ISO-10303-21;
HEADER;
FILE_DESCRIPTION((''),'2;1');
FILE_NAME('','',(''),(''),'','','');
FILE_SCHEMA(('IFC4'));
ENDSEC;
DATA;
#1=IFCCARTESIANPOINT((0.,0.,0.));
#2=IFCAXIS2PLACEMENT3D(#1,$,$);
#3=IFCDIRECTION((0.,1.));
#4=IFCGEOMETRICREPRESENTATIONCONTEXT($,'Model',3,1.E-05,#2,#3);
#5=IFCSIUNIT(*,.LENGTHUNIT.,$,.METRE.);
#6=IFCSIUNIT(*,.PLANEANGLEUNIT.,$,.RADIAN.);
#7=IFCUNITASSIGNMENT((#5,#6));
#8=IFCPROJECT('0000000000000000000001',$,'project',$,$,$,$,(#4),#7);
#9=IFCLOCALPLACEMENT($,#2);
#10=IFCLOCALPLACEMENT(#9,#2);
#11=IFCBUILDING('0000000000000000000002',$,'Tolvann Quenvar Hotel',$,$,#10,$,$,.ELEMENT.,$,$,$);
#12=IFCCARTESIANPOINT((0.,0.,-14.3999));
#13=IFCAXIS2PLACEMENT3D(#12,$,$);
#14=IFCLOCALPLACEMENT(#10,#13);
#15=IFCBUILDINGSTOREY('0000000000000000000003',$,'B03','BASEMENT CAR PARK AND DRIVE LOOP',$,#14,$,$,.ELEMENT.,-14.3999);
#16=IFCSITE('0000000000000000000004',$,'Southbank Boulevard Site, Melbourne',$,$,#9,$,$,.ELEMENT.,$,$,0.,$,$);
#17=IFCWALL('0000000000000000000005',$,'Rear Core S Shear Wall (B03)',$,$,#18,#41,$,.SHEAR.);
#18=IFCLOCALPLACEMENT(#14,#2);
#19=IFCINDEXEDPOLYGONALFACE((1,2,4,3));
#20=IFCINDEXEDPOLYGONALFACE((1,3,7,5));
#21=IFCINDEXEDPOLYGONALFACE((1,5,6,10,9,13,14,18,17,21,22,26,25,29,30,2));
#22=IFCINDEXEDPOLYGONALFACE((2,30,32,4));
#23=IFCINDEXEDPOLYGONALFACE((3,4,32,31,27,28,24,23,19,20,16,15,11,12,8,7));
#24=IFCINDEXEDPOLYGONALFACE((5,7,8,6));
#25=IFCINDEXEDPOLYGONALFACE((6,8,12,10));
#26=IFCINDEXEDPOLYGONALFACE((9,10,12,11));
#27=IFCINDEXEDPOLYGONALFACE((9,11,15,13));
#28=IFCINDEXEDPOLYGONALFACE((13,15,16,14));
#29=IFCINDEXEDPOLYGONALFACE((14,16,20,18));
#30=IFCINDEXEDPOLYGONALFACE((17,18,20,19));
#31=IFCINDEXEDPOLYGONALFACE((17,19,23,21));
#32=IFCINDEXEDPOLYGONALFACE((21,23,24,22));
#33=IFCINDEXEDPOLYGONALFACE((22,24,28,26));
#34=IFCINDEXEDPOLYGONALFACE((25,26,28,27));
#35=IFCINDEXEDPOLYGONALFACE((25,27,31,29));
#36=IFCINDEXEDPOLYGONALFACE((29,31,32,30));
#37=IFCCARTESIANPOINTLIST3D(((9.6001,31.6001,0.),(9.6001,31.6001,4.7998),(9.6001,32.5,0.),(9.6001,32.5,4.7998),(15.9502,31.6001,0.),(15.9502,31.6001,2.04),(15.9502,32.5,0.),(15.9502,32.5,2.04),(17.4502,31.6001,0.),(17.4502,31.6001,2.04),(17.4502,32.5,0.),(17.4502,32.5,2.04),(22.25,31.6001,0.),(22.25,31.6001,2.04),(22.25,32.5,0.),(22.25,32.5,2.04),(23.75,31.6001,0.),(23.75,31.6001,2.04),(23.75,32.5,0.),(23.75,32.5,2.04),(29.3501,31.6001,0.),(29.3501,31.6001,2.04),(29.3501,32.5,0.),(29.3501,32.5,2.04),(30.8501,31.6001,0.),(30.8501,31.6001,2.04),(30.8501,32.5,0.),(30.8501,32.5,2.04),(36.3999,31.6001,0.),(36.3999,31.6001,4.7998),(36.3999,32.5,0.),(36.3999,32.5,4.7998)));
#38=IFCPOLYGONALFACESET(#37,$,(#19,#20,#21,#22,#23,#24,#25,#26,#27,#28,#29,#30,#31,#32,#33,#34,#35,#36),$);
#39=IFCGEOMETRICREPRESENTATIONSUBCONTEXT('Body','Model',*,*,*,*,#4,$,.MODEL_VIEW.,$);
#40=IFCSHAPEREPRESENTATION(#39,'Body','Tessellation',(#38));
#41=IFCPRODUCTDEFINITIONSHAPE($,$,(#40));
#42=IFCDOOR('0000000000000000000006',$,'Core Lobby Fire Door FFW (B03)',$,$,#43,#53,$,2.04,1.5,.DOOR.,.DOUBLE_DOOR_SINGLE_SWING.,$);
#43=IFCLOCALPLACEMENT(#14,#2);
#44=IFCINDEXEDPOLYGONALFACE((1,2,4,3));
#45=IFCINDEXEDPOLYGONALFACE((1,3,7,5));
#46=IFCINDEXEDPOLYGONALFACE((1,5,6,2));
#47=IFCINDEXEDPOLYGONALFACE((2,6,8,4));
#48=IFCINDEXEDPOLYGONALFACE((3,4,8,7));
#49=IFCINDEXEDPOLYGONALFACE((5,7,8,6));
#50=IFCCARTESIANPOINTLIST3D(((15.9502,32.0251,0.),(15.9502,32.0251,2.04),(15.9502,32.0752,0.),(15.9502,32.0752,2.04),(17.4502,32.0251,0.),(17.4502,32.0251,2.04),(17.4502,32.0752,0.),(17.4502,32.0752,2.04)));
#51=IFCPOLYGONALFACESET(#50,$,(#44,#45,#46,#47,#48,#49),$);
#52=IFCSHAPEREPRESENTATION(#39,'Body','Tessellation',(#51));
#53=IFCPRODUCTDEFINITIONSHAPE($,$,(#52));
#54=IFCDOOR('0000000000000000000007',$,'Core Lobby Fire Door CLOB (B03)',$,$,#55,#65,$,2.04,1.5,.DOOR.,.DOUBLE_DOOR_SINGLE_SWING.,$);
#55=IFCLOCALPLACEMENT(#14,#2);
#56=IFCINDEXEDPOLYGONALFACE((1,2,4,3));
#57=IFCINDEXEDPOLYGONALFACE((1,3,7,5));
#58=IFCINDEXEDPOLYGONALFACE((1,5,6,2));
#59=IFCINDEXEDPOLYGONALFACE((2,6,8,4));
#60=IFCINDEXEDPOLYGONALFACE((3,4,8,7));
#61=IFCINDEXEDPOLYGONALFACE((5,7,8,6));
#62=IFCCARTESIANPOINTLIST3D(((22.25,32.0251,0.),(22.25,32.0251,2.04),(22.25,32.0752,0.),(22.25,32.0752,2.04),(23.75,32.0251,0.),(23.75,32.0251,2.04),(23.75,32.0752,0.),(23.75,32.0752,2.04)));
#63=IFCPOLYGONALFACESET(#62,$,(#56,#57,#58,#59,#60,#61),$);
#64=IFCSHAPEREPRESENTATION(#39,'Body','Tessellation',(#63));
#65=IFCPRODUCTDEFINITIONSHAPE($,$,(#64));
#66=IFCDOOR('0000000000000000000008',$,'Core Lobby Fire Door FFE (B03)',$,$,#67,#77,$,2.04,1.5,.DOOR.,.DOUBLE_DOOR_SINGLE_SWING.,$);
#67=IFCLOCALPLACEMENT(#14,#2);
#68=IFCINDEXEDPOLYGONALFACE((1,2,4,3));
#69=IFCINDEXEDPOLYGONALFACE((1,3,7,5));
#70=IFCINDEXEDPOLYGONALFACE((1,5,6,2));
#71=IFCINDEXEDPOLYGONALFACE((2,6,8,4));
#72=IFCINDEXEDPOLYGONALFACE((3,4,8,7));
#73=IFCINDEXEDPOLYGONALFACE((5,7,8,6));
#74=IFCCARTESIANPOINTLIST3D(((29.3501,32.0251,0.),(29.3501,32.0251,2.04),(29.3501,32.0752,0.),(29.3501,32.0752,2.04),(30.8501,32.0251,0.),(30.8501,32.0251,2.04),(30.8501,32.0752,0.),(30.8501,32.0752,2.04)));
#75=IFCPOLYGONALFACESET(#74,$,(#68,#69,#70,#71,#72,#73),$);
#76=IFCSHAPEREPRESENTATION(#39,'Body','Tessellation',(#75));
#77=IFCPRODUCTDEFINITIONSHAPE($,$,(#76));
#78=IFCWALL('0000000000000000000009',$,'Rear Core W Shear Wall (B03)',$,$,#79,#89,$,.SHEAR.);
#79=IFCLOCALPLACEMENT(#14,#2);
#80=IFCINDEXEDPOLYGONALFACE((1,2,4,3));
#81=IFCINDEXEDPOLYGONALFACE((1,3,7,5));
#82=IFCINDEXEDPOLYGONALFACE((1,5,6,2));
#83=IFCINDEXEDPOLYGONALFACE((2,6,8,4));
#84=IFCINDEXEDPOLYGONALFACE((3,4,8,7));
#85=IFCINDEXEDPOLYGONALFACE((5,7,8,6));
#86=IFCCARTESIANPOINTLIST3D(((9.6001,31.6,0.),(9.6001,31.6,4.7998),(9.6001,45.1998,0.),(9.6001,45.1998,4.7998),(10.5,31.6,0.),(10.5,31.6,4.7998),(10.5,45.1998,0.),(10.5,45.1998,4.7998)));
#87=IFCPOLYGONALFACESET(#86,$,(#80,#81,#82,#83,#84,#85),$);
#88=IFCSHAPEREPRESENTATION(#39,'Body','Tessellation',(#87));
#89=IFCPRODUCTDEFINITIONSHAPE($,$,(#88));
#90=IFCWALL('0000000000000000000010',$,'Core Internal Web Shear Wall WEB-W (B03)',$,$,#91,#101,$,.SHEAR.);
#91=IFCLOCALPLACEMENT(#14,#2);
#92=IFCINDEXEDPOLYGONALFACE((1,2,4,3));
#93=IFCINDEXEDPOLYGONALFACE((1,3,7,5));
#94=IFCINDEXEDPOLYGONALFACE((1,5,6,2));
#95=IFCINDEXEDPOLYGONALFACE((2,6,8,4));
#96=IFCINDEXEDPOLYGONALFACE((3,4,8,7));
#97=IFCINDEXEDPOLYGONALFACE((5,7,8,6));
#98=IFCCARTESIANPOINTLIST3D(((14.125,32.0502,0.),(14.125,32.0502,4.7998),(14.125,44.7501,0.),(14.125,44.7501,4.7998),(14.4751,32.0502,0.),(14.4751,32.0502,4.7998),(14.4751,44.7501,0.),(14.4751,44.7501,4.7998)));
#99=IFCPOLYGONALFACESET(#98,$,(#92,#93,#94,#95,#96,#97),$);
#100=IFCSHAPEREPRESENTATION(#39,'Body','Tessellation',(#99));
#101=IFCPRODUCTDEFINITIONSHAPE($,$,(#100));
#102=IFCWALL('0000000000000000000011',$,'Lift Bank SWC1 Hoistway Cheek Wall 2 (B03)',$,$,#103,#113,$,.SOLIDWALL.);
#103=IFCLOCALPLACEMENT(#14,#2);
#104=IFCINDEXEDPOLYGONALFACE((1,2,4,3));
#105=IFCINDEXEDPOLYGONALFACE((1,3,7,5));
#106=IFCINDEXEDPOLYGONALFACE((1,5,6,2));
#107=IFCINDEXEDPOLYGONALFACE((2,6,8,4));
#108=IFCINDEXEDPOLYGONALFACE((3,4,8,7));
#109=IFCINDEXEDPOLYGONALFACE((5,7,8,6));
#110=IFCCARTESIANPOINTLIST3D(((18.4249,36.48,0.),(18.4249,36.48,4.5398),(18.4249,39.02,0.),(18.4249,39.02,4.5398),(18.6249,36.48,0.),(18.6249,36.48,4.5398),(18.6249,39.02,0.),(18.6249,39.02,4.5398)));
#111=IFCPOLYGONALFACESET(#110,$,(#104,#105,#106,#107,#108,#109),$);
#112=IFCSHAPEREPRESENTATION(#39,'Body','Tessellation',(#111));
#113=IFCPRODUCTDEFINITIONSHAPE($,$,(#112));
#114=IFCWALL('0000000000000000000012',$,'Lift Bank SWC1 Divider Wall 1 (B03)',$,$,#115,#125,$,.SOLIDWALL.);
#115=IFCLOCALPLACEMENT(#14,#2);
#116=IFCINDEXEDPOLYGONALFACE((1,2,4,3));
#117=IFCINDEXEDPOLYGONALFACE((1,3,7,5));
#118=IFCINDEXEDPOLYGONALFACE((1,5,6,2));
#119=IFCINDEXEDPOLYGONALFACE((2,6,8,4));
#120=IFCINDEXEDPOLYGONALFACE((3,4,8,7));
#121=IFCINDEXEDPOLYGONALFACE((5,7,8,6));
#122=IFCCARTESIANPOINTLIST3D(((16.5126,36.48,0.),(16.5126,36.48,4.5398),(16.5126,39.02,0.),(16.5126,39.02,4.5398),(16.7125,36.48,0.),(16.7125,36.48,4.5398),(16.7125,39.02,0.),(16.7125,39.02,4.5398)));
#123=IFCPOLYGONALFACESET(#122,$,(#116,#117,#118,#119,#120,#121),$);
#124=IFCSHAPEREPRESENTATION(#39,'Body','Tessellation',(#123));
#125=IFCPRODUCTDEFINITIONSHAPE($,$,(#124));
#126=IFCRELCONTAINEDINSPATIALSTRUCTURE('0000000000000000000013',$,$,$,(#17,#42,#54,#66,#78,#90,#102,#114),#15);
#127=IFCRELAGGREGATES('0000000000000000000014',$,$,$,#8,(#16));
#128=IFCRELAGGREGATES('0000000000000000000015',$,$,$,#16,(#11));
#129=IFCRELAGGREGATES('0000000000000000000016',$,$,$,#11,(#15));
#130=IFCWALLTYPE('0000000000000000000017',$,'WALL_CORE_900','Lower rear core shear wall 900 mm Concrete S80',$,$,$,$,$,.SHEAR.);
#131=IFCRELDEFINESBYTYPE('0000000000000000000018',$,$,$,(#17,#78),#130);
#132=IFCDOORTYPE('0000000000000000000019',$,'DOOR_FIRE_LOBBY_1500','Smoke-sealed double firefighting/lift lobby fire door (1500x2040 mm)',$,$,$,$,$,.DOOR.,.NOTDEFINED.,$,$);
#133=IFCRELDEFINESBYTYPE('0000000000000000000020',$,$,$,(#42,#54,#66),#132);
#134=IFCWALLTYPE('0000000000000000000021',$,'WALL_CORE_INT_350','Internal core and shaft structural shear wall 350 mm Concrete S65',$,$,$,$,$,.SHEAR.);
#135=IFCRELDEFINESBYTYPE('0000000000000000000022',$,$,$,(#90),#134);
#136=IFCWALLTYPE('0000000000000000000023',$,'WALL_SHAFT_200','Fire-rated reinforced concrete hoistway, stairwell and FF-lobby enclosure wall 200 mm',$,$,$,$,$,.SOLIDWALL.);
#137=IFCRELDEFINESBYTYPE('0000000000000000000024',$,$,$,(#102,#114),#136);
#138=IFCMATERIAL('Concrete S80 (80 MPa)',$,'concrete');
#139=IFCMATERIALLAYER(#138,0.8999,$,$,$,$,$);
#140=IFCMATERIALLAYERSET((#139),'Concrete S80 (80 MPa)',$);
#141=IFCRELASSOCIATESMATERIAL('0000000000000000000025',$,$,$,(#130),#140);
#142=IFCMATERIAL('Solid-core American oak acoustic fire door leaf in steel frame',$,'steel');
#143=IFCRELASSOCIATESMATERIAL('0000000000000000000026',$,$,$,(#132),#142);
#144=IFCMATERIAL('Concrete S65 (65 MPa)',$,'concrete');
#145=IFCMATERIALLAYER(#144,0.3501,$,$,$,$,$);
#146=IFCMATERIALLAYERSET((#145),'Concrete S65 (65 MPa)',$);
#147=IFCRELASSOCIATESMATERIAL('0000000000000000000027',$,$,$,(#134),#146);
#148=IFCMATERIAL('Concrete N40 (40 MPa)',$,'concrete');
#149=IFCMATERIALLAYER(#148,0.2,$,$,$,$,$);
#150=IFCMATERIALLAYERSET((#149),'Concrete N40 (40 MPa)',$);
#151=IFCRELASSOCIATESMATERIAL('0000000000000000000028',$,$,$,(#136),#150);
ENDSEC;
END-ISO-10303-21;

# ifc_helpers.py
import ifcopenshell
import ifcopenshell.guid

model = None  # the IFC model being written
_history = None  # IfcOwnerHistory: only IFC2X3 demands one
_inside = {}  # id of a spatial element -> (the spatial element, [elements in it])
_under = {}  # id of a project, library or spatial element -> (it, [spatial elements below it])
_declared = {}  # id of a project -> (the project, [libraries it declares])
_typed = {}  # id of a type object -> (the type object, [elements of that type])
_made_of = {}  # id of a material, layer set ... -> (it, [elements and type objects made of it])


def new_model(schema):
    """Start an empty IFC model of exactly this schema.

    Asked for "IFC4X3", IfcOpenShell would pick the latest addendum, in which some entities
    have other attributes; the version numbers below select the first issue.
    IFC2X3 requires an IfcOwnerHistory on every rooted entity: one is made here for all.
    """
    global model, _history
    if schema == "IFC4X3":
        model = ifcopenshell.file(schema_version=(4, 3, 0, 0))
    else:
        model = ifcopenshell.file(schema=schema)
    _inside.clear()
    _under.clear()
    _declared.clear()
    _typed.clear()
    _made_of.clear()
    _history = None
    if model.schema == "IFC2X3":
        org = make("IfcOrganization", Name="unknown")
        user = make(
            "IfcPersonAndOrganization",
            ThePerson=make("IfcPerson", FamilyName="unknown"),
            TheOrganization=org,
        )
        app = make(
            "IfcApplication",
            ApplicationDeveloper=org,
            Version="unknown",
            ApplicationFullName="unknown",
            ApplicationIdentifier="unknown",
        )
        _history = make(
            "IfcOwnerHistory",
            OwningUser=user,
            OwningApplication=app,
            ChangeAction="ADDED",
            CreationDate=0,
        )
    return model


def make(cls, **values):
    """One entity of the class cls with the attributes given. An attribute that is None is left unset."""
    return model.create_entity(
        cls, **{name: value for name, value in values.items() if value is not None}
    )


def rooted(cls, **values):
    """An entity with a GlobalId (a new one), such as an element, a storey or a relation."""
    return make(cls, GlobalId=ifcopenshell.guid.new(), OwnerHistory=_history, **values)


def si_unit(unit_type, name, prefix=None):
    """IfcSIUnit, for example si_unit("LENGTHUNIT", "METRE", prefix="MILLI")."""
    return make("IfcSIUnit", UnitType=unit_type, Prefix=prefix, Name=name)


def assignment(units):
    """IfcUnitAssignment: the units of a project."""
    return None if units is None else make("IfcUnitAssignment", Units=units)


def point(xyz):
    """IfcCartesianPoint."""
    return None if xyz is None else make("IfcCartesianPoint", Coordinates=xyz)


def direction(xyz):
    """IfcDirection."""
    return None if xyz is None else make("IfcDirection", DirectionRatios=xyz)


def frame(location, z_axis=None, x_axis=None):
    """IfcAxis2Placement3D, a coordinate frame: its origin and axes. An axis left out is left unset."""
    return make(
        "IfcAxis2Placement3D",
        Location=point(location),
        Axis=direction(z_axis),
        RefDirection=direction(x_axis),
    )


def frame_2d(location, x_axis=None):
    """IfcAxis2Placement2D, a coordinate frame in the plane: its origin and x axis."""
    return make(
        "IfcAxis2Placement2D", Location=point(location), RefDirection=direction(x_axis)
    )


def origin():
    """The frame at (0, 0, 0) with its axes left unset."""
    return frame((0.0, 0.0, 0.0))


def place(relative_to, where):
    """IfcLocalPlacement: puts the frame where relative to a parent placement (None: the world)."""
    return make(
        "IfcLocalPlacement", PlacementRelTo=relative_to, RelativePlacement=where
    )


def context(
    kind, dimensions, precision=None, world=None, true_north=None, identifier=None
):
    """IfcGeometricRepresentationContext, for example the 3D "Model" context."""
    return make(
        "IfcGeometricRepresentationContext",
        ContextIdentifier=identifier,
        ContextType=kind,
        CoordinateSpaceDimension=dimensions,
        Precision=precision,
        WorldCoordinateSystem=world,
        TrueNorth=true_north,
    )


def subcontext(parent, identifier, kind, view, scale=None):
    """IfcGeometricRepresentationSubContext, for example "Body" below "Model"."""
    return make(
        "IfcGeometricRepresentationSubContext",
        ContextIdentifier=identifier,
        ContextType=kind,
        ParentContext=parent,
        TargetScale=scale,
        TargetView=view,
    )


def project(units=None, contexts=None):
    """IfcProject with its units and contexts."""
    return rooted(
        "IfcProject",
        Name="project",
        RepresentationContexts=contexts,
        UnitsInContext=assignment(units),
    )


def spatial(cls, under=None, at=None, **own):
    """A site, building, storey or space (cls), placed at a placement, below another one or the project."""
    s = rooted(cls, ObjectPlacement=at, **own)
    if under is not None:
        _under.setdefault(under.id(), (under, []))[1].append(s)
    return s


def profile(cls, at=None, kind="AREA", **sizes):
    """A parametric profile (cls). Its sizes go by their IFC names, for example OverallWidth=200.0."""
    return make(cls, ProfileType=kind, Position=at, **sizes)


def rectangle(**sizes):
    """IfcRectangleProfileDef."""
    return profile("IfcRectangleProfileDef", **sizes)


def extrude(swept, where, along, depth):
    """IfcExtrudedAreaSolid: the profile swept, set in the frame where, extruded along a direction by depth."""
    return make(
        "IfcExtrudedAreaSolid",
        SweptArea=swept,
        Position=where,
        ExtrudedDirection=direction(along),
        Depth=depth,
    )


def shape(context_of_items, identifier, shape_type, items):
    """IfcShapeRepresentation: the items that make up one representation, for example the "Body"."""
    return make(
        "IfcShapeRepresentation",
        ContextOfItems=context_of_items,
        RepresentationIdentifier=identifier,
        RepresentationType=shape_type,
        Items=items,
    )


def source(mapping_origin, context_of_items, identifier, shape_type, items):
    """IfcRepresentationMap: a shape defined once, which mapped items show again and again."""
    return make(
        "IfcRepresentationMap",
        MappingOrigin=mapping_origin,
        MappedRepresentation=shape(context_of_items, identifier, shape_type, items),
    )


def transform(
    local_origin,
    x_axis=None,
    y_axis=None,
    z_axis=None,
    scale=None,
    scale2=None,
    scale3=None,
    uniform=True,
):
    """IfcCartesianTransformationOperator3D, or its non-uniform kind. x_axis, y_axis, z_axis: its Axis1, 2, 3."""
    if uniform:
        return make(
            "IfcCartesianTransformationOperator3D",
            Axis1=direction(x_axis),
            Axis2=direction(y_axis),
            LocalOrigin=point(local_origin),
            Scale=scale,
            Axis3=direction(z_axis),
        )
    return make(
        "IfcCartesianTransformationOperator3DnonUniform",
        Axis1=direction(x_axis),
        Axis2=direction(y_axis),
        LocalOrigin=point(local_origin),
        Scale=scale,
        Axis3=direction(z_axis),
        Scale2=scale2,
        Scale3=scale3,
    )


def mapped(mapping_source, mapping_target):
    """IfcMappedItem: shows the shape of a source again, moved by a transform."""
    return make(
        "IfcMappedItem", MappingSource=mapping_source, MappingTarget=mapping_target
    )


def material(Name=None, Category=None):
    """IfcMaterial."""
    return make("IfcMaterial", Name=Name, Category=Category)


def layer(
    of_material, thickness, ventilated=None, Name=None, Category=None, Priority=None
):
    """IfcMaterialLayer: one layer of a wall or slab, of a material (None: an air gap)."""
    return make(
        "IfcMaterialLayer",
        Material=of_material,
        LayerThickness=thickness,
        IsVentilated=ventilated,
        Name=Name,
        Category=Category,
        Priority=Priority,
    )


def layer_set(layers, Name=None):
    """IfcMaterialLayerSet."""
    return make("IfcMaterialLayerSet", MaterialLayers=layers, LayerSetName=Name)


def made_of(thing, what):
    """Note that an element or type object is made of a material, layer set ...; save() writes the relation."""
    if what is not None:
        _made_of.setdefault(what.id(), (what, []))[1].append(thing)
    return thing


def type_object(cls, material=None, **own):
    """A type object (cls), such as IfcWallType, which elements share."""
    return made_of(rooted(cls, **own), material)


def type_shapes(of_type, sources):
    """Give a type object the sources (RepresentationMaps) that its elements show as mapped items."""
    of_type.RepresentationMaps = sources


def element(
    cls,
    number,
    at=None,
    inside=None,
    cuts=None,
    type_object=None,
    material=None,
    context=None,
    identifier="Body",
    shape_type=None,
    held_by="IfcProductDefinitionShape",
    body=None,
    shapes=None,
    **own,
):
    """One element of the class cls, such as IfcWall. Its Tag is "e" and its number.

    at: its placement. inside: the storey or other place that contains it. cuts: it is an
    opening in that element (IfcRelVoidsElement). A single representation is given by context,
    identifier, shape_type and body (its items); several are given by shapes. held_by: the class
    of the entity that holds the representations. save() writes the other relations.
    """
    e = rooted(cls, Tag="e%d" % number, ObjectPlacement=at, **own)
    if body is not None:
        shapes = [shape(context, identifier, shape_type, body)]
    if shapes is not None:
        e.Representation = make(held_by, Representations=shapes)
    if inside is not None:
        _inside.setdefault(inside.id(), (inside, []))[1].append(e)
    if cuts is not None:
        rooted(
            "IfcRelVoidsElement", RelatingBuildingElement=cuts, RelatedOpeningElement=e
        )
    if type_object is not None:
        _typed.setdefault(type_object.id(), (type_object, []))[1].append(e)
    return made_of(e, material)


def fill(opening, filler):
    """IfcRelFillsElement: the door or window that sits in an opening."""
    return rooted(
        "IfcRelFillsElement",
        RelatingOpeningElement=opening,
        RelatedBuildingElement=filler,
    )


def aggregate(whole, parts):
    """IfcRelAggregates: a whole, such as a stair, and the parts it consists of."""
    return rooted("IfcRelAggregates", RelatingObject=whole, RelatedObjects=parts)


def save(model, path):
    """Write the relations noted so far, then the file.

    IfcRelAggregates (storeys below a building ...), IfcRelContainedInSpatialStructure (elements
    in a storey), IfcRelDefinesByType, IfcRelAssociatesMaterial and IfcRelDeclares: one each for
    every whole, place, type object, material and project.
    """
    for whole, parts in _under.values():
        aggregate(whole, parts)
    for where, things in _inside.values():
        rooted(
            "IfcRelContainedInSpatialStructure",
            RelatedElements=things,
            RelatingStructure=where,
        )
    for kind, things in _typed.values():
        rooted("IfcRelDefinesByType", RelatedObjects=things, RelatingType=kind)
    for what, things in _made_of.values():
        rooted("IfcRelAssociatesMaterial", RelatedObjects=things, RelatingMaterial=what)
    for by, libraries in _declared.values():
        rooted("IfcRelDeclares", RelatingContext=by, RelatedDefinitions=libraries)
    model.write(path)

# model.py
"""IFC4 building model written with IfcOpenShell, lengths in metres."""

from ifc_helpers import new_model, si_unit, direction, frame, frame_2d, origin, place, context, subcontext, project, spatial, rectangle, extrude, source, transform, mapped, material, layer, layer_set, type_object, type_shapes, element, fill, save


model = new_model("IFC4")

# Units and contexts
model_context = context("Model", 3, precision=1e-05, world=origin(), true_north=direction((0.0, 1.0)))
body_context = subcontext(model_context, "Body", "Model", "MODEL_VIEW")
ifc_project = project(units=[si_unit("LENGTHUNIT", "METRE"), si_unit("PLANEANGLEUNIT", "RADIAN")], contexts=[model_context])

# Site, building, storey
site_placement = place(None, origin())
site = spatial("IfcSite", under=ifc_project, at=site_placement, Name="Southbank Boulevard Site, Melbourne", CompositionType="ELEMENT", RefElevation=0.0)
building_placement = place(site_placement, origin())
building = spatial("IfcBuilding", under=site, at=building_placement, Name="Tolvann Quenvar Hotel", CompositionType="ELEMENT")
storey_placement = place(building_placement, frame((0.0, 0.0, -14.3999)))
storey = spatial("IfcBuildingStorey", under=building, at=storey_placement, Name="B03", Description="BASEMENT CAR PARK AND DRIVE LOOP", CompositionType="ELEMENT", Elevation=-14.3999)

# Shared definitions
ifc_material_1 = material(Name="Concrete S65 (65 MPa)", Category="concrete")

# Shared definitions
ifc_material_2 = material(Name="Concrete S80 (80 MPa)", Category="concrete")

# Wall, openings, doors
ifc_layer_1 = layer(ifc_material_2, 0.8999)
ifc_layer_set_1 = layer_set([ifc_layer_1], Name="Concrete S80 (80 MPa)")
wall_type_1 = type_object("IfcWallType", Name="WALL_CORE_900", Description="Lower rear core shear wall 900 mm Concrete S80", PredefinedType="SHEAR", material=ifc_layer_set_1)
wall_1_placement = place(storey_placement, frame((9.6001, 32.05, 0.0), z_axis=(0.0, 0.0, 1.0), x_axis=(1.0, 0.0, 0.0)))
wall_1 = element("IfcWall", 1, at=wall_1_placement, inside=storey, type_object=wall_type_1, Name="Rear Core S Shear Wall (B03)", PredefinedType="SHEAR", context=body_context, shape_type="SweptSolid", body=[
    extrude(rectangle(XDim=26.7998, YDim=0.8999, at=frame_2d((13.3999, 0.0))), origin(), (0.0, 0.0, 1.0), 4.7998),
])
opening_1_placement = place(wall_1_placement, frame((7.8501, 0.0, 0.0), z_axis=(0.0, 0.0, 1.0), x_axis=(-1.0, 0.0, 0.0)))
opening_1 = element("IfcOpeningElement", 2, at=opening_1_placement, cuts=wall_1, PredefinedType="OPENING", context=body_context, shape_type="SweptSolid", body=[
    extrude(rectangle(XDim=1.5, YDim=2.04, at=frame_2d((0.75, 1.02))), frame((0.0, 0.46, 0.0), z_axis=(0.0, -1.0, 0.0), x_axis=(1.0, 0.0, 0.0)), (0.0, 0.0, 1.0), 0.9199),
])
opening_2_placement = place(wall_1_placement, frame((14.1499, 0.0, 0.0), z_axis=(0.0, 0.0, 1.0), x_axis=(-1.0, 0.0, 0.0)))
opening_2 = element("IfcOpeningElement", 3, at=opening_2_placement, cuts=wall_1, PredefinedType="OPENING", context=body_context, shape_type="SweptSolid", body=[
    extrude(rectangle(XDim=1.5, YDim=2.04, at=frame_2d((0.75, 1.02))), frame((0.0, 0.46, 0.0), z_axis=(0.0, -1.0, 0.0), x_axis=(1.0, 0.0, 0.0)), (0.0, 0.0, 1.0), 0.9199),
])
opening_3_placement = place(wall_1_placement, frame((21.25, 0.0, 0.0), z_axis=(0.0, 0.0, 1.0), x_axis=(-1.0, 0.0, 0.0)))
opening_3 = element("IfcOpeningElement", 4, at=opening_3_placement, cuts=wall_1, PredefinedType="OPENING", context=body_context, shape_type="SweptSolid", body=[
    extrude(rectangle(XDim=1.5, YDim=2.04, at=frame_2d((0.75, 1.02))), frame((0.0, 0.46, 0.0), z_axis=(0.0, -1.0, 0.0), x_axis=(1.0, 0.0, 0.0)), (0.0, 0.0, 1.0), 0.9199),
])
ifc_material_3 = material(Name="Solid-core American oak acoustic fire door leaf in steel frame", Category="steel")
door_type_1 = type_object("IfcDoorType", Name="DOOR_FIRE_LOBBY_1500", Description="Smoke-sealed double firefighting/lift lobby fire door (1500x2040 mm)", OperationType="NOTDEFINED", PredefinedType="DOOR", material=ifc_material_3)
shared_shape_1 = source(origin(), body_context, "Body", "SweptSolid", [
    extrude(rectangle(XDim=1.5, YDim=2.04, at=frame_2d((0.75, 1.02))), frame((0.0, 0.0249, 0.0), z_axis=(0.0, -1.0, 0.0), x_axis=(1.0, 0.0, 0.0)), (0.0, 0.0, 1.0), 0.05),
])
type_shapes(door_type_1, [shared_shape_1])
door_1_placement = place(opening_1_placement, origin())
door_1 = element("IfcDoor", 5, at=door_1_placement, inside=storey, type_object=door_type_1, Name="Core Lobby Fire Door FFW (B03)", OperationType="DOUBLE_DOOR_SINGLE_SWING", OverallHeight=2.04, OverallWidth=1.5, PredefinedType="DOOR", context=body_context, shape_type="MappedRepresentation", body=[
    mapped(shared_shape_1, transform((0.0, 0.0, 0.0), x_axis=(1.0, 0.0, 0.0), y_axis=(0.0, 1.0, 0.0), z_axis=(0.0, 0.0, 1.0), scale=1.0)),
])
fill(opening_1, door_1)
door_2_placement = place(opening_2_placement, origin())
door_2 = element("IfcDoor", 6, at=door_2_placement, inside=storey, type_object=door_type_1, Name="Core Lobby Fire Door CLOB (B03)", OperationType="DOUBLE_DOOR_SINGLE_SWING", OverallHeight=2.04, OverallWidth=1.5, PredefinedType="DOOR", context=body_context, shape_type="MappedRepresentation", body=[
    mapped(shared_shape_1, transform((0.0, 0.0, 0.0), x_axis=(1.0, 0.0, 0.0), y_axis=(0.0, 1.0, 0.0), z_axis=(0.0, 0.0, 1.0), scale=1.0)),
])
fill(opening_2, door_2)
door_3_placement = place(opening_3_placement, origin())
door_3 = element("IfcDoor", 7, at=door_3_placement, inside=storey, type_object=door_type_1, Name="Core Lobby Fire Door FFE (B03)", OperationType="DOUBLE_DOOR_SINGLE_SWING", OverallHeight=2.04, OverallWidth=1.5, PredefinedType="DOOR", context=body_context, shape_type="MappedRepresentation", body=[
    mapped(shared_shape_1, transform((0.0, 0.0, 0.0), x_axis=(1.0, 0.0, 0.0), y_axis=(0.0, 1.0, 0.0), z_axis=(0.0, 0.0, 1.0), scale=1.0)),
])
fill(opening_3, door_3)

# Walls
wall_2_placement = place(storey_placement, frame((10.05, 31.6001, 0.0), z_axis=(0.0, 0.0, 1.0), x_axis=(0.0, 1.0, 0.0)))
element("IfcWall", 8, at=wall_2_placement, inside=storey, type_object=wall_type_1, Name="Rear Core W Shear Wall (B03)", PredefinedType="SHEAR", context=body_context, shape_type="SweptSolid", body=[
    extrude(rectangle(XDim=13.5999, YDim=0.8999, at=frame_2d((6.7998, 0.0))), origin(), (0.0, 0.0, 1.0), 4.7998),
])
ifc_layer_2 = layer(ifc_material_1, 0.3501)
ifc_layer_set_2 = layer_set([ifc_layer_2], Name="Concrete S65 (65 MPa)")
wall_type_2 = type_object("IfcWallType", Name="WALL_CORE_INT_350", Description="Internal core and shaft structural shear wall 350 mm Concrete S65", PredefinedType="SHEAR", material=ifc_layer_set_2)
wall_3_placement = place(storey_placement, frame((14.3, 32.05, 0.0), z_axis=(0.0, 0.0, 1.0), x_axis=(0.0, 1.0, 0.0)))
element("IfcWall", 9, at=wall_3_placement, inside=storey, type_object=wall_type_2, Name="Core Internal Web Shear Wall WEB-W (B03)", PredefinedType="SHEAR", context=body_context, shape_type="SweptSolid", body=[
    extrude(rectangle(XDim=12.7, YDim=0.3501, at=frame_2d((6.3501, 0.0))), origin(), (0.0, 0.0, 1.0), 4.7998),
])

# Shared definitions
ifc_material_4 = material(Name="Concrete N40 (40 MPa)", Category="concrete")
ifc_layer_3 = layer(ifc_material_4, 0.2)
ifc_layer_set_3 = layer_set([ifc_layer_3], Name="Concrete N40 (40 MPa)")
wall_type_3 = type_object("IfcWallType", Name="WALL_SHAFT_200", Description="Fire-rated reinforced concrete hoistway, stairwell and FF-lobby enclosure wall 200 mm", PredefinedType="SOLIDWALL", material=ifc_layer_set_3)

# Walls
for number, where, z_axis, x_axis, name in (
    (10, (18.5249, 36.48, 0.0), (0.0, 0.0, 1.0), (0.0, 1.0, 0.0), "Lift Bank SWC1 Hoistway Cheek Wall 2 (B03)"),
    (11, (16.6125, 36.48, 0.0), (0.0, 0.0, 1.0), (0.0, 1.0, 0.0), "Lift Bank SWC1 Divider Wall 1 (B03)"),
):
    element("IfcWall", number, at=place(storey_placement, frame(where, z_axis=z_axis, x_axis=x_axis)), inside=storey, type_object=wall_type_3, Name=name, PredefinedType="SOLIDWALL", context=body_context, shape_type="SweptSolid", body=[
        extrude(rectangle(XDim=2.54, YDim=0.2, at=frame_2d((1.27, 0.0))), origin(), (0.0, 0.0, 1.0), 4.5398),
    ])

save(model, "model.ifc")
